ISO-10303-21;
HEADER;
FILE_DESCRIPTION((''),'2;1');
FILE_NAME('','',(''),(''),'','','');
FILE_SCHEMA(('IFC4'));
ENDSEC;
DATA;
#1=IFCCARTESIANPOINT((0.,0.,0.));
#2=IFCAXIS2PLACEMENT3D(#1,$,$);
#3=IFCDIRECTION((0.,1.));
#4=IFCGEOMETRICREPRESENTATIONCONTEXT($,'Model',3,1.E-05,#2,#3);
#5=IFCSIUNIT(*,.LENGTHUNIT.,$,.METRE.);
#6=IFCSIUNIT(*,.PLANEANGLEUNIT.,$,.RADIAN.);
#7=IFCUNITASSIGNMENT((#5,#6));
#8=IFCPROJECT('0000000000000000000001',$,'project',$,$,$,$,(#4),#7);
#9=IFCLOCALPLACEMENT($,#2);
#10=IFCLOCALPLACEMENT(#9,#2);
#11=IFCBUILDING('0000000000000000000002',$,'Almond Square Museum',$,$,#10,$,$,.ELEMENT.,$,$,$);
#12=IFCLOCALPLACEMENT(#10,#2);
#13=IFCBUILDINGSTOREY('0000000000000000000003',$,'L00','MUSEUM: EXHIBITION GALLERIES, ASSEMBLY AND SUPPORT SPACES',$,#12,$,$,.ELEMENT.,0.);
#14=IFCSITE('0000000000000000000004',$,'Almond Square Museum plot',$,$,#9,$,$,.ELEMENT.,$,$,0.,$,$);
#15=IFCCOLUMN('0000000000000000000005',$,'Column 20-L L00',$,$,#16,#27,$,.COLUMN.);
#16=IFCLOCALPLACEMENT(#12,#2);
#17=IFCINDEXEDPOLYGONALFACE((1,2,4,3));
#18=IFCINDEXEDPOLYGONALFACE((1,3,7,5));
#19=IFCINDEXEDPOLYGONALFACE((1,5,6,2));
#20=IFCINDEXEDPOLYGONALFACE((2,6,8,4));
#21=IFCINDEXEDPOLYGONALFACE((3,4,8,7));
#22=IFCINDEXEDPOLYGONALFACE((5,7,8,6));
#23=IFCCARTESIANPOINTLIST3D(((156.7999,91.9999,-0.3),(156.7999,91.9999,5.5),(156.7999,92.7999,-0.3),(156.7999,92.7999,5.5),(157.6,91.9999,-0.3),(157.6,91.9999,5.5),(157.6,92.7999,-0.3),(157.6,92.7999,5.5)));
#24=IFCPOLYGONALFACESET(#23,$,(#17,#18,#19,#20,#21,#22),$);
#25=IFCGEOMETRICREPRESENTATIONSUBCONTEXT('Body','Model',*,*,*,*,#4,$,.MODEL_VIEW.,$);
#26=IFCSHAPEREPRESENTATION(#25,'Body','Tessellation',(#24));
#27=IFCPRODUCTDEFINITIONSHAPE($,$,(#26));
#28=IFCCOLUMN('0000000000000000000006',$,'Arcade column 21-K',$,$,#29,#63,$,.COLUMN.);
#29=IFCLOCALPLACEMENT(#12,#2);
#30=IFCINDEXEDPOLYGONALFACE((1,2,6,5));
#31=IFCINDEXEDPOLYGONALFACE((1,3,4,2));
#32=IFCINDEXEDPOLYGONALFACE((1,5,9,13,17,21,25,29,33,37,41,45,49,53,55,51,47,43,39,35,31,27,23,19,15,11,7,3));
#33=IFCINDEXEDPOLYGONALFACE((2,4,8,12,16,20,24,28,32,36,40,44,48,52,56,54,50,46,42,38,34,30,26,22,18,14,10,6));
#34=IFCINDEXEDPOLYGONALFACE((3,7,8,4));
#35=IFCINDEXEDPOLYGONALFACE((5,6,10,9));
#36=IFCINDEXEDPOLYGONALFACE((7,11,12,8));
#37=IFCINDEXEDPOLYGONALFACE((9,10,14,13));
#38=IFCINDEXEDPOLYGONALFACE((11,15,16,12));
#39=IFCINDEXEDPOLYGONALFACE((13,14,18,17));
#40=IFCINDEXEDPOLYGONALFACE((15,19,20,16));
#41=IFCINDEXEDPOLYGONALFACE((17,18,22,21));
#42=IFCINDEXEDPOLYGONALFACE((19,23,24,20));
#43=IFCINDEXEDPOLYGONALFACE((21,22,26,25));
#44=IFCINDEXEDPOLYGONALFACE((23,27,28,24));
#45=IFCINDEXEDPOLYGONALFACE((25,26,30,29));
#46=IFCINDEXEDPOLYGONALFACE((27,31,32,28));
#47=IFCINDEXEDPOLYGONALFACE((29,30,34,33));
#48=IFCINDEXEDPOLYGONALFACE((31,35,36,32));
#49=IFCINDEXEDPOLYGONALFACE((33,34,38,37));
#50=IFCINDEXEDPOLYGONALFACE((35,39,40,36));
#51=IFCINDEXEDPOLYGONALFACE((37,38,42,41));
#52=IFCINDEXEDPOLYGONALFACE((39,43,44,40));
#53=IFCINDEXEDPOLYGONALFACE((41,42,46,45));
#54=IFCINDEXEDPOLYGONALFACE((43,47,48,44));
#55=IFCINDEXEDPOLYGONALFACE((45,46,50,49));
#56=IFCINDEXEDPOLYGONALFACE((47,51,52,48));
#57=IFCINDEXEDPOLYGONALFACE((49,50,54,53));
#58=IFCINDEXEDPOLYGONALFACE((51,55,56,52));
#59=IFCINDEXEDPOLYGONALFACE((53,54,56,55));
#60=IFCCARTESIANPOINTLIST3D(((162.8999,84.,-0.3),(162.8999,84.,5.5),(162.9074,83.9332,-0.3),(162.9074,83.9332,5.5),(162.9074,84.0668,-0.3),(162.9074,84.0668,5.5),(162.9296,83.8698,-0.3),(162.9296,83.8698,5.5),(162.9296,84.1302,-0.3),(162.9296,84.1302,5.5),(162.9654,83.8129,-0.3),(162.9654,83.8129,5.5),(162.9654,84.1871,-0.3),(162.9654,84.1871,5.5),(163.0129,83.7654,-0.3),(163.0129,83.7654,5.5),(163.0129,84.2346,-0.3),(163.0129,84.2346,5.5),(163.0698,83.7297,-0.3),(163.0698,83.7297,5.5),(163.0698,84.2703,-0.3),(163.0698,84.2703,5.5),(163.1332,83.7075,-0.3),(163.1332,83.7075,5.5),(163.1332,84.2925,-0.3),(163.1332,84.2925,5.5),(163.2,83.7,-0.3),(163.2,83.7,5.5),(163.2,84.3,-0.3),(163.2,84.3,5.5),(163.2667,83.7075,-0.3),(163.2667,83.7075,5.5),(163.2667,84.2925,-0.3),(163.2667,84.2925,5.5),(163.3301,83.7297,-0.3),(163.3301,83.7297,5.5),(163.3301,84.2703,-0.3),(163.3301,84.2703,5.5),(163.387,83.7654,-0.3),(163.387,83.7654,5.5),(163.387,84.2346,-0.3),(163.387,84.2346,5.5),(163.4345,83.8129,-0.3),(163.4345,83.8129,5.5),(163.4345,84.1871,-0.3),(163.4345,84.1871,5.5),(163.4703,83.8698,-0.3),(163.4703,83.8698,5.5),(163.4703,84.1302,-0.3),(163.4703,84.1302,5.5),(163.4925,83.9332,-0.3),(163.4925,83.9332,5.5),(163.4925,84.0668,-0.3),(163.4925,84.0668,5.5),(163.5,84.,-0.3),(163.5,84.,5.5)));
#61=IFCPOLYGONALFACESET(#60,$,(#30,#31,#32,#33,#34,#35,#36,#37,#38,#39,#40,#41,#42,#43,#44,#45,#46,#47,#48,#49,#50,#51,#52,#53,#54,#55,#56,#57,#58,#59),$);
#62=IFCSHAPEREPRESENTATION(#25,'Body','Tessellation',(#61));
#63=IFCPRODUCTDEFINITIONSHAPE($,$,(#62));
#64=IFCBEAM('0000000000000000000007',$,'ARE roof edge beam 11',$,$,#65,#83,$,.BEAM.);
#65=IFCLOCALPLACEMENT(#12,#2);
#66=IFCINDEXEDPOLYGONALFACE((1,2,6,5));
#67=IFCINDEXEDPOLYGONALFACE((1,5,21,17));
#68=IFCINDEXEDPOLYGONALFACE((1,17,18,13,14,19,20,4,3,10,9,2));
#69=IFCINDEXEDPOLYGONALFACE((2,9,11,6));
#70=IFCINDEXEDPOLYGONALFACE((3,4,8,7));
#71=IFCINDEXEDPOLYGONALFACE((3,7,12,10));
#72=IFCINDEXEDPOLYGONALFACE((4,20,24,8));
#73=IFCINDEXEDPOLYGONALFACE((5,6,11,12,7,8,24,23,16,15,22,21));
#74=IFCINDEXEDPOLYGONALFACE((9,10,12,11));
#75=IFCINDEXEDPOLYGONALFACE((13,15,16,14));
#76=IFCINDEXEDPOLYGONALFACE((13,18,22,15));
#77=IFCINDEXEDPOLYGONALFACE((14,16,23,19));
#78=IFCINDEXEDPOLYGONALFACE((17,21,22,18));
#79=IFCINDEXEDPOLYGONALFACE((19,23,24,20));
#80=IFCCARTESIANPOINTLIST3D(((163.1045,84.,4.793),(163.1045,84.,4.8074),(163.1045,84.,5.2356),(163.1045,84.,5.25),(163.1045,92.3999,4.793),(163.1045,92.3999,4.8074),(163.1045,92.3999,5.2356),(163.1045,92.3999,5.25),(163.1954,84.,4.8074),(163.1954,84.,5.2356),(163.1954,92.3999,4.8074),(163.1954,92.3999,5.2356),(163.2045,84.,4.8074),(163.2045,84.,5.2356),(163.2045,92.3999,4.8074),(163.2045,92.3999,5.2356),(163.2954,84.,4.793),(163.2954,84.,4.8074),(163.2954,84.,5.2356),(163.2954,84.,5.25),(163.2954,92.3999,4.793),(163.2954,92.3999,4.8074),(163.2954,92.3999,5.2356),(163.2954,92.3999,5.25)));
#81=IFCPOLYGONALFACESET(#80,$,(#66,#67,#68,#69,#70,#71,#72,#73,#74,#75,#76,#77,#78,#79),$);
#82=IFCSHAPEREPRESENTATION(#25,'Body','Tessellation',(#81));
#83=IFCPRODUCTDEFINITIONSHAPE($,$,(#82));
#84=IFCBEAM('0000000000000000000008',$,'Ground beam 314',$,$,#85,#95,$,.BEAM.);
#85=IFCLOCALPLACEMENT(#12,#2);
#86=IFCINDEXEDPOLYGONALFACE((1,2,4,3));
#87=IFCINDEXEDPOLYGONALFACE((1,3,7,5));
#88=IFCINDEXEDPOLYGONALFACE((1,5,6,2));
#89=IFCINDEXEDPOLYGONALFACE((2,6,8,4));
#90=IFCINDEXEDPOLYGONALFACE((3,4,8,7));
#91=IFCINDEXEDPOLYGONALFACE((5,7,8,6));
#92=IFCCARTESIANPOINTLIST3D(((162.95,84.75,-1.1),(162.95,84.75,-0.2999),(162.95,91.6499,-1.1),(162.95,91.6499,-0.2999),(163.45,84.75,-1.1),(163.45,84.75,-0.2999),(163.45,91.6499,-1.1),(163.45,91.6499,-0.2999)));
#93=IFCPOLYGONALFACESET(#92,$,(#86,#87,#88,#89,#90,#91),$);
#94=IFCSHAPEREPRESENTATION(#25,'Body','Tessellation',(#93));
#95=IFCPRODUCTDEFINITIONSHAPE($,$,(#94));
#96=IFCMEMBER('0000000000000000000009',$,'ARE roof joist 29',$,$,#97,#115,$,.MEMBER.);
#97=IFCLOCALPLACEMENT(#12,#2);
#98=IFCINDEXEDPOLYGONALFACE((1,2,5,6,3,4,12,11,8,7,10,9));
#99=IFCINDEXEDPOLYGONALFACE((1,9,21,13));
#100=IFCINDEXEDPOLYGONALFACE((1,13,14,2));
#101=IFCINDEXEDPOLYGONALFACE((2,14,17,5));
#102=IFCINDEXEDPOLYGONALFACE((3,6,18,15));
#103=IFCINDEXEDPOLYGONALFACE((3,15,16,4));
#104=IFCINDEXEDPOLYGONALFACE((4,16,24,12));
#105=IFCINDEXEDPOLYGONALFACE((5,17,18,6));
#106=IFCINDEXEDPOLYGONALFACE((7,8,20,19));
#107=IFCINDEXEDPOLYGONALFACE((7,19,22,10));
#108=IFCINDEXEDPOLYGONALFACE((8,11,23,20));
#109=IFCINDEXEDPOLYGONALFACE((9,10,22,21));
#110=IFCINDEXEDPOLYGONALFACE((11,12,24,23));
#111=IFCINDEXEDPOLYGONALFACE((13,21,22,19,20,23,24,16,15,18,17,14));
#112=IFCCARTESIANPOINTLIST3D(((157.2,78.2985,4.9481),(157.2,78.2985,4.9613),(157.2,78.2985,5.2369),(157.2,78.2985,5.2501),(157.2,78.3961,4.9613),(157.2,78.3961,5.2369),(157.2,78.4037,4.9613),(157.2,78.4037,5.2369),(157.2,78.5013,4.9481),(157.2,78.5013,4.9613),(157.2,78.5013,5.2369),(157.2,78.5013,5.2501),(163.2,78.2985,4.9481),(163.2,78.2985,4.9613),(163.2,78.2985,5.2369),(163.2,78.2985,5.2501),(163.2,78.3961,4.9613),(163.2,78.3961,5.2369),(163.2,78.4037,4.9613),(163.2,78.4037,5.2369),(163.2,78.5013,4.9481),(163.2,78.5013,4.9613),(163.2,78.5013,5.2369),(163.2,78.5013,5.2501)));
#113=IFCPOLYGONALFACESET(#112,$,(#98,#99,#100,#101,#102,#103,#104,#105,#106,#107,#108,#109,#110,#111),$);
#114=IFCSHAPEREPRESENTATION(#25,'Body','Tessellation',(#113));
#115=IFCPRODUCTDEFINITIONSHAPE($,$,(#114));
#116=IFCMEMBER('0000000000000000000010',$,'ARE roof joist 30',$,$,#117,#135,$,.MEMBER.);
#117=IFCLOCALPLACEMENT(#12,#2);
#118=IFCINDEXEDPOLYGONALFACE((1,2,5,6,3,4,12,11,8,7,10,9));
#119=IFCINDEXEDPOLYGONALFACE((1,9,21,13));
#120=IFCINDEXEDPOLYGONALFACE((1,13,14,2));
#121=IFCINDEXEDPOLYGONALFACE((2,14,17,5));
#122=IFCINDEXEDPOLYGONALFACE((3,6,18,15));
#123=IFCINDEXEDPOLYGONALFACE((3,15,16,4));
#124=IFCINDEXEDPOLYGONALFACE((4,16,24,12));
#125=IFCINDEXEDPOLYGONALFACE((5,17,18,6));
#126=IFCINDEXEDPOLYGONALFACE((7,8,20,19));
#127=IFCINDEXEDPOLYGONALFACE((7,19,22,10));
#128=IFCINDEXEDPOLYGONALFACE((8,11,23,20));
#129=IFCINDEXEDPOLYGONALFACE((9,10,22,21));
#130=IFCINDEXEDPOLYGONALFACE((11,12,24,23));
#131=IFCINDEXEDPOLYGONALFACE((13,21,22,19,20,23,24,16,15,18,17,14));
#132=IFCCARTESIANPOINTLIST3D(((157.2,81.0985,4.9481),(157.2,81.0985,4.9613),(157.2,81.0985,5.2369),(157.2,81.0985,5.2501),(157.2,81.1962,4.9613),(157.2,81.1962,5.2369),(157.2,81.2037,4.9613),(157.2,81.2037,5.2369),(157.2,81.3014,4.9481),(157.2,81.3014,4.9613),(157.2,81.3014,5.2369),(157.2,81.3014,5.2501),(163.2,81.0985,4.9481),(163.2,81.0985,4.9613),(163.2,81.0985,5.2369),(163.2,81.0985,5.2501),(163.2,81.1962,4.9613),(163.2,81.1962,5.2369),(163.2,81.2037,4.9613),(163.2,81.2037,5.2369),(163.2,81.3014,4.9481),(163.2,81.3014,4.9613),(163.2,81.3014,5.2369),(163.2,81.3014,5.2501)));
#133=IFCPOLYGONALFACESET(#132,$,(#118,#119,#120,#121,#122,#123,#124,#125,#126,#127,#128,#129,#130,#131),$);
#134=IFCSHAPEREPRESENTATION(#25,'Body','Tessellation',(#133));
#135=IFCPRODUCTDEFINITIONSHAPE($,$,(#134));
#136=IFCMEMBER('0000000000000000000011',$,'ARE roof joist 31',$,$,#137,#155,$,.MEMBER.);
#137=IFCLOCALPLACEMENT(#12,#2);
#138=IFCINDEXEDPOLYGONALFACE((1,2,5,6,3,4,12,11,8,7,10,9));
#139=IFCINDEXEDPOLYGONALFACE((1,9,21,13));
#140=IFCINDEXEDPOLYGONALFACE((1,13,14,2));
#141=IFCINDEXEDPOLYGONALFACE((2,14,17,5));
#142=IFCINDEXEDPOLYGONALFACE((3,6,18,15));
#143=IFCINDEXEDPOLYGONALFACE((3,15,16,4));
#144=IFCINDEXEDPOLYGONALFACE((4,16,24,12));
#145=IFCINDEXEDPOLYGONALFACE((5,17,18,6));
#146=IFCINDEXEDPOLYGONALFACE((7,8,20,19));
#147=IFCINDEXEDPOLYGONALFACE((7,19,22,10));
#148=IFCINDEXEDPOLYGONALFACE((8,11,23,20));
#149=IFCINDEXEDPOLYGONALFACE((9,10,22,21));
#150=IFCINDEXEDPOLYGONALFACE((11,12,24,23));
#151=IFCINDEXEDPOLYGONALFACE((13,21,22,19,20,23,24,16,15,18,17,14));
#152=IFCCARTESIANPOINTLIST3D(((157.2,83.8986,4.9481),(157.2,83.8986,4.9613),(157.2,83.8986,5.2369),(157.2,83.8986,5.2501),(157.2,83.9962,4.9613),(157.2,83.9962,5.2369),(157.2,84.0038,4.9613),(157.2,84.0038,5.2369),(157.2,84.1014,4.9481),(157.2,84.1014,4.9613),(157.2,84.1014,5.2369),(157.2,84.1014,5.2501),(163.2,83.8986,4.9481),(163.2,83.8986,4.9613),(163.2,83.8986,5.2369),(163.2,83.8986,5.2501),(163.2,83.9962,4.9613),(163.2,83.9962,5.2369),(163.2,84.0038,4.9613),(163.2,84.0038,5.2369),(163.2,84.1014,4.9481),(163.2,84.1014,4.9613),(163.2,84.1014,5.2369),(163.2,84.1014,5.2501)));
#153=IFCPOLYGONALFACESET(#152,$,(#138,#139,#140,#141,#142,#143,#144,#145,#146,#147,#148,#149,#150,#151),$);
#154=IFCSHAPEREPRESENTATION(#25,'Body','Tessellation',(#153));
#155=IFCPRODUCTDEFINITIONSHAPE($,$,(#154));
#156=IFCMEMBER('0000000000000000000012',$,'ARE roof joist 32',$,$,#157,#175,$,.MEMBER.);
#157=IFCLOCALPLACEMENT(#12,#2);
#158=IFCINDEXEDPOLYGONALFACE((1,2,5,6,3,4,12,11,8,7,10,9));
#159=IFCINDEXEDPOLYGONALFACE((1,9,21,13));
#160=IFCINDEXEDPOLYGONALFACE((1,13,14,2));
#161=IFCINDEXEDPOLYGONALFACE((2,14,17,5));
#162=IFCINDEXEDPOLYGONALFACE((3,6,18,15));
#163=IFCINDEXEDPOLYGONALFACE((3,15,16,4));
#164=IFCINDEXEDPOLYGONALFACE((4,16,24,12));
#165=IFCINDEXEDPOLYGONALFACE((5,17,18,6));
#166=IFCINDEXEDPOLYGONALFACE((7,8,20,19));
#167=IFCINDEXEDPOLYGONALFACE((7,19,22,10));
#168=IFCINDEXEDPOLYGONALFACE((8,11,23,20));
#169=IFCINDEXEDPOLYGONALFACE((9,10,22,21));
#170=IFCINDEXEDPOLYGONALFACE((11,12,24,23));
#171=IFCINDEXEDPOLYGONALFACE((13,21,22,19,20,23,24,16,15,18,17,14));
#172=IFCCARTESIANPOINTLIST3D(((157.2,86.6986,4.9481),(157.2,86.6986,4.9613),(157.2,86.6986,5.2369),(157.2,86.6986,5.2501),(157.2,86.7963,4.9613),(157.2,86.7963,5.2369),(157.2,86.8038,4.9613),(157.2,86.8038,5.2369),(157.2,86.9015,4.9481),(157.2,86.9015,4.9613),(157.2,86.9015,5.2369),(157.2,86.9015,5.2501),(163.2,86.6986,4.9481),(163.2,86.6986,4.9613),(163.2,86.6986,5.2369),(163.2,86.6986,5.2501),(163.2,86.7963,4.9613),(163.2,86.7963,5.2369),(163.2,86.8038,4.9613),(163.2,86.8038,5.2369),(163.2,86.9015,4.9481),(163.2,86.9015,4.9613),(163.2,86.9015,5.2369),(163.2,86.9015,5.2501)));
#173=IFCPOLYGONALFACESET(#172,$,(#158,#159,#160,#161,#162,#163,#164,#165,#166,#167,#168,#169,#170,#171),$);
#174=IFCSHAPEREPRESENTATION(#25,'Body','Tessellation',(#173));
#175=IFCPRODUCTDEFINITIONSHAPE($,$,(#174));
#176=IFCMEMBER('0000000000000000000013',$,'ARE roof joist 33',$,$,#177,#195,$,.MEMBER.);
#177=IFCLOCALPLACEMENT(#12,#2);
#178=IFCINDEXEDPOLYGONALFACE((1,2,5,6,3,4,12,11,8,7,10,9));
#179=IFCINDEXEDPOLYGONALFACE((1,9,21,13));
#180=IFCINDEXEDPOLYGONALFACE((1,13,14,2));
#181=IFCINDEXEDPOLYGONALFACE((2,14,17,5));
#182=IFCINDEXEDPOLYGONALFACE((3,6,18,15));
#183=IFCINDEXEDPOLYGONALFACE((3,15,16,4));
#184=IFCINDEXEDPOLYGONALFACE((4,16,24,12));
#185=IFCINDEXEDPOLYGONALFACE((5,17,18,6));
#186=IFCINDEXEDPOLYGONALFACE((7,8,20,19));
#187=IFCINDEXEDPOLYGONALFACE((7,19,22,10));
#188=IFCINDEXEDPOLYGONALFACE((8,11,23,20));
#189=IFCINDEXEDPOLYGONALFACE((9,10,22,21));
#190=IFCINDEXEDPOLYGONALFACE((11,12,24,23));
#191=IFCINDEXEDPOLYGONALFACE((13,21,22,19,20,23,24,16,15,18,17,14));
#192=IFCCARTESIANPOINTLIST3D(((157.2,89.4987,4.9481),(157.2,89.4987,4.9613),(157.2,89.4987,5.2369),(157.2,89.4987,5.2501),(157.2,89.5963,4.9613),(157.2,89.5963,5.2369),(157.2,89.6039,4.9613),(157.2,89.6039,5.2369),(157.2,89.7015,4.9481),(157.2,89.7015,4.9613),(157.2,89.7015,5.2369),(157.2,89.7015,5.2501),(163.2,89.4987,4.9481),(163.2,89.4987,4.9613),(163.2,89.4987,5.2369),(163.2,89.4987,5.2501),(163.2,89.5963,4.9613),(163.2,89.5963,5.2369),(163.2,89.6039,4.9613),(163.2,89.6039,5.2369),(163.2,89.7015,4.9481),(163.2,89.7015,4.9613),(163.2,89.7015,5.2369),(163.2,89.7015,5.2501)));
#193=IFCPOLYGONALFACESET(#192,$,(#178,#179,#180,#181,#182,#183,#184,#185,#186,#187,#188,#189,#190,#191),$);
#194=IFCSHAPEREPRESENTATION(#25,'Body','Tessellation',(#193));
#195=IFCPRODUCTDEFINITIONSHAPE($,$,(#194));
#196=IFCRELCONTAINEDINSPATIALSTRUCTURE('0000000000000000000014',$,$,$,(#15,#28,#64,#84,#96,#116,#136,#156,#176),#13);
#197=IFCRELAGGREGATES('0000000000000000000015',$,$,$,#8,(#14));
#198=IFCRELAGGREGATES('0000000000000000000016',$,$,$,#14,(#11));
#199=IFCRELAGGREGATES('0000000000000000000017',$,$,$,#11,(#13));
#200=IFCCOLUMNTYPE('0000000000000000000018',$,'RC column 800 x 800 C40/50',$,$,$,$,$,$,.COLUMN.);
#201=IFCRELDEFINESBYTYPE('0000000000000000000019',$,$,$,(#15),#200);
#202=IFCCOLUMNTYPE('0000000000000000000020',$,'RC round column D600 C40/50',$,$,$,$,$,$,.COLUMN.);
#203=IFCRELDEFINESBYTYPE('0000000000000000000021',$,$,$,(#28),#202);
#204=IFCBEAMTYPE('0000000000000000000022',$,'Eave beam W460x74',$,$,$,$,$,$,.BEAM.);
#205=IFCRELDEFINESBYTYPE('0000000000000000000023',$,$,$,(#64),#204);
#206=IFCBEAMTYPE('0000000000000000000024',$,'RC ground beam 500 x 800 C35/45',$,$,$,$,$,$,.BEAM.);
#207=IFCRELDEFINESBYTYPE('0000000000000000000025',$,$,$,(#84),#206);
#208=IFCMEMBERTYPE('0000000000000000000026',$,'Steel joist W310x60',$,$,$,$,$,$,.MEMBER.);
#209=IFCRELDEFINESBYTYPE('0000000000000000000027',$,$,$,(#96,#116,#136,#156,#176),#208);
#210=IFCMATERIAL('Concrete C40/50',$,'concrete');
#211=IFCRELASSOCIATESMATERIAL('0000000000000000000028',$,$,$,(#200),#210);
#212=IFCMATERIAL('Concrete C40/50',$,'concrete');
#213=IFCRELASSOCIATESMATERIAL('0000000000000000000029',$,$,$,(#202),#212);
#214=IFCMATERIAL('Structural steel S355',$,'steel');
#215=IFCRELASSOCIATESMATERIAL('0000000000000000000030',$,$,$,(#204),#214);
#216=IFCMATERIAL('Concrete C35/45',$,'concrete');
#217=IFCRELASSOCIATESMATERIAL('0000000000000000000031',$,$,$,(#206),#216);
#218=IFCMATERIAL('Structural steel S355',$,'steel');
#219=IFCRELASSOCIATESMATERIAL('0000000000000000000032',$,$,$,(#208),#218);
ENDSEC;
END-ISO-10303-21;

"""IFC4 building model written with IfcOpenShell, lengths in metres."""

from ifc_helpers import new_model, si_unit, direction, frame, origin, origin_2d, place, context, subcontext, project, spatial, rectangle, circle, i_section, extrude, material, material_profile, profile_set, type_object, element, save


model = new_model("IFC4")

# Units and contexts
model_context = context("Model", 3, precision=1e-05, world=origin(), true_north=direction((0.0, 1.0)))
body_context = subcontext(model_context, "Body", "Model", "MODEL_VIEW")
ifc_project = project(units=[si_unit("LENGTHUNIT", "METRE"), si_unit("PLANEANGLEUNIT", "RADIAN")], contexts=[model_context])

# Site, building, storey
site_placement = place(None, origin())
site = spatial("IfcSite", under=ifc_project, at=site_placement, Name="Almond Square Museum plot", CompositionType="ELEMENT", RefElevation=0.0)
building_placement = place(site_placement, origin())
building = spatial("IfcBuilding", under=site, at=building_placement, Name="Almond Square Museum", CompositionType="ELEMENT")
storey_placement = place(building_placement, origin())
storey = spatial("IfcBuildingStorey", under=building, at=storey_placement, Name="L00", Description="MUSEUM: EXHIBITION GALLERIES, ASSEMBLY AND SUPPORT SPACES", CompositionType="ELEMENT", Elevation=0.0)

# Columns
ifc_material_1 = material(Name="Concrete C40/50", Category="concrete")
ifc_material_profile_1 = material_profile(ifc_material_1, rectangle(XDim=0.8, YDim=0.8, at=origin_2d()))
ifc_profile_set_1 = profile_set([ifc_material_profile_1], Name="Concrete C40/50")
column_type_1 = type_object("IfcColumnType", Name="RC column 800 x 800 C40/50", PredefinedType="COLUMN", material=ifc_profile_set_1)
column_1_placement = place(storey_placement, frame((157.2, 92.3999, -0.3), z_axis=(0.0, 0.0, 1.0), x_axis=(1.0, 0.0, 0.0)))
element("IfcColumn", 1, at=column_1_placement, inside=storey, type_object=column_type_1, Name="Column 20-L L00", PredefinedType="COLUMN", context=body_context, shape_type="SweptSolid", body=[
    extrude(rectangle(XDim=0.8, YDim=0.8, at=origin_2d()), origin(), (0.0, 0.0, 1.0), 5.8),
])
ifc_material_2 = material(Name="Concrete C40/50", Category="concrete")
ifc_material_profile_2 = material_profile(ifc_material_2, circle(Radius=0.3, at=origin_2d()))
ifc_profile_set_2 = profile_set([ifc_material_profile_2], Name="Concrete C40/50")
column_type_2 = type_object("IfcColumnType", Name="RC round column D600 C40/50", PredefinedType="COLUMN", material=ifc_profile_set_2)
column_2_placement = place(storey_placement, frame((163.2, 84.0, -0.3), z_axis=(0.0, 0.0, 1.0), x_axis=(1.0, 0.0, 0.0)))
element("IfcColumn", 2, at=column_2_placement, inside=storey, type_object=column_type_2, Name="Arcade column 21-K", PredefinedType="COLUMN", context=body_context, shape_type="SweptSolid", body=[
    extrude(circle(Radius=0.3, at=origin_2d()), origin(), (0.0, 0.0, 1.0), 5.8),
])

# Beams
ifc_material_3 = material(Name="Structural steel S355", Category="steel")
ifc_material_profile_3 = material_profile(ifc_material_3, i_section(OverallWidth=0.1909, OverallDepth=0.457, WebThickness=0.009, FlangeThickness=0.0144, at=origin_2d()))
ifc_profile_set_3 = profile_set([ifc_material_profile_3], Name="Structural steel S355")
beam_type_1 = type_object("IfcBeamType", Name="Eave beam W460x74", PredefinedType="BEAM", material=ifc_profile_set_3)
beam_1_placement = place(storey_placement, frame((163.2, 84.0, 5.0215), z_axis=(0.0, 1.0, 0.0), x_axis=(-1.0, 0.0, 0.0)))
element("IfcBeam", 3, at=beam_1_placement, inside=storey, type_object=beam_type_1, Name="ARE roof edge beam 11", PredefinedType="BEAM", context=body_context, shape_type="SweptSolid", body=[
    extrude(i_section(OverallWidth=0.1909, OverallDepth=0.457, WebThickness=0.009, FlangeThickness=0.0144, at=origin_2d()), origin(), (0.0, 0.0, 1.0), 8.3999),
])
ifc_material_4 = material(Name="Concrete C35/45", Category="concrete")
ifc_material_profile_4 = material_profile(ifc_material_4, rectangle(XDim=0.5, YDim=0.8, at=origin_2d()))
ifc_profile_set_4 = profile_set([ifc_material_profile_4], Name="Concrete C35/45")
beam_type_2 = type_object("IfcBeamType", Name="RC ground beam 500 x 800 C35/45", PredefinedType="BEAM", material=ifc_profile_set_4)
beam_2_placement = place(storey_placement, frame((163.2, 84.75, -0.7), z_axis=(0.0, 1.0, 0.0), x_axis=(-1.0, 0.0, 0.0)))
element("IfcBeam", 4, at=beam_2_placement, inside=storey, type_object=beam_type_2, Name="Ground beam 314", PredefinedType="BEAM", context=body_context, shape_type="SweptSolid", body=[
    extrude(rectangle(XDim=0.5, YDim=0.8, at=origin_2d()), origin(), (0.0, 0.0, 1.0), 6.8999),
])

# Members
ifc_material_5 = material(Name="Structural steel S355", Category="steel")
ifc_material_profile_5 = material_profile(ifc_material_5, i_section(OverallWidth=0.2029, OverallDepth=0.302, WebThickness=0.0076, FlangeThickness=0.0132, at=origin_2d()))
ifc_profile_set_5 = profile_set([ifc_material_profile_5], Name="Structural steel S355")
member_type = type_object("IfcMemberType", Name="Steel joist W310x60", PredefinedType="MEMBER", material=ifc_profile_set_5)
for number, where, z_axis, x_axis, name in (
    (5, (157.2, 78.3999, 5.0991), (1.0, 0.0, 0.0), (0.0, 1.0, 0.0), "ARE roof joist 29"),
    (6, (157.2, 81.2, 5.0991), (1.0, 0.0, 0.0), (0.0, 1.0, 0.0), "ARE roof joist 30"),
    (7, (157.2, 84.0, 5.0991), (1.0, 0.0, 0.0), (0.0, 1.0, 0.0), "ARE roof joist 31"),
    (8, (157.2, 86.8, 5.0991), (1.0, 0.0, 0.0), (0.0, 1.0, 0.0), "ARE roof joist 32"),
    (9, (157.2, 89.6001, 5.0991), (1.0, 0.0, 0.0), (0.0, 1.0, 0.0), "ARE roof joist 33"),
):
    element("IfcMember", number, at=place(storey_placement, frame(where, z_axis=z_axis, x_axis=x_axis)), inside=storey, type_object=member_type, Name=name, PredefinedType="MEMBER", context=body_context, shape_type="SweptSolid", body=[
        extrude(i_section(OverallWidth=0.2029, OverallDepth=0.302, WebThickness=0.0076, FlangeThickness=0.0132, at=origin_2d()), origin(), (0.0, 0.0, 1.0), 6.0),
    ])

save(model, "model.ifc")
